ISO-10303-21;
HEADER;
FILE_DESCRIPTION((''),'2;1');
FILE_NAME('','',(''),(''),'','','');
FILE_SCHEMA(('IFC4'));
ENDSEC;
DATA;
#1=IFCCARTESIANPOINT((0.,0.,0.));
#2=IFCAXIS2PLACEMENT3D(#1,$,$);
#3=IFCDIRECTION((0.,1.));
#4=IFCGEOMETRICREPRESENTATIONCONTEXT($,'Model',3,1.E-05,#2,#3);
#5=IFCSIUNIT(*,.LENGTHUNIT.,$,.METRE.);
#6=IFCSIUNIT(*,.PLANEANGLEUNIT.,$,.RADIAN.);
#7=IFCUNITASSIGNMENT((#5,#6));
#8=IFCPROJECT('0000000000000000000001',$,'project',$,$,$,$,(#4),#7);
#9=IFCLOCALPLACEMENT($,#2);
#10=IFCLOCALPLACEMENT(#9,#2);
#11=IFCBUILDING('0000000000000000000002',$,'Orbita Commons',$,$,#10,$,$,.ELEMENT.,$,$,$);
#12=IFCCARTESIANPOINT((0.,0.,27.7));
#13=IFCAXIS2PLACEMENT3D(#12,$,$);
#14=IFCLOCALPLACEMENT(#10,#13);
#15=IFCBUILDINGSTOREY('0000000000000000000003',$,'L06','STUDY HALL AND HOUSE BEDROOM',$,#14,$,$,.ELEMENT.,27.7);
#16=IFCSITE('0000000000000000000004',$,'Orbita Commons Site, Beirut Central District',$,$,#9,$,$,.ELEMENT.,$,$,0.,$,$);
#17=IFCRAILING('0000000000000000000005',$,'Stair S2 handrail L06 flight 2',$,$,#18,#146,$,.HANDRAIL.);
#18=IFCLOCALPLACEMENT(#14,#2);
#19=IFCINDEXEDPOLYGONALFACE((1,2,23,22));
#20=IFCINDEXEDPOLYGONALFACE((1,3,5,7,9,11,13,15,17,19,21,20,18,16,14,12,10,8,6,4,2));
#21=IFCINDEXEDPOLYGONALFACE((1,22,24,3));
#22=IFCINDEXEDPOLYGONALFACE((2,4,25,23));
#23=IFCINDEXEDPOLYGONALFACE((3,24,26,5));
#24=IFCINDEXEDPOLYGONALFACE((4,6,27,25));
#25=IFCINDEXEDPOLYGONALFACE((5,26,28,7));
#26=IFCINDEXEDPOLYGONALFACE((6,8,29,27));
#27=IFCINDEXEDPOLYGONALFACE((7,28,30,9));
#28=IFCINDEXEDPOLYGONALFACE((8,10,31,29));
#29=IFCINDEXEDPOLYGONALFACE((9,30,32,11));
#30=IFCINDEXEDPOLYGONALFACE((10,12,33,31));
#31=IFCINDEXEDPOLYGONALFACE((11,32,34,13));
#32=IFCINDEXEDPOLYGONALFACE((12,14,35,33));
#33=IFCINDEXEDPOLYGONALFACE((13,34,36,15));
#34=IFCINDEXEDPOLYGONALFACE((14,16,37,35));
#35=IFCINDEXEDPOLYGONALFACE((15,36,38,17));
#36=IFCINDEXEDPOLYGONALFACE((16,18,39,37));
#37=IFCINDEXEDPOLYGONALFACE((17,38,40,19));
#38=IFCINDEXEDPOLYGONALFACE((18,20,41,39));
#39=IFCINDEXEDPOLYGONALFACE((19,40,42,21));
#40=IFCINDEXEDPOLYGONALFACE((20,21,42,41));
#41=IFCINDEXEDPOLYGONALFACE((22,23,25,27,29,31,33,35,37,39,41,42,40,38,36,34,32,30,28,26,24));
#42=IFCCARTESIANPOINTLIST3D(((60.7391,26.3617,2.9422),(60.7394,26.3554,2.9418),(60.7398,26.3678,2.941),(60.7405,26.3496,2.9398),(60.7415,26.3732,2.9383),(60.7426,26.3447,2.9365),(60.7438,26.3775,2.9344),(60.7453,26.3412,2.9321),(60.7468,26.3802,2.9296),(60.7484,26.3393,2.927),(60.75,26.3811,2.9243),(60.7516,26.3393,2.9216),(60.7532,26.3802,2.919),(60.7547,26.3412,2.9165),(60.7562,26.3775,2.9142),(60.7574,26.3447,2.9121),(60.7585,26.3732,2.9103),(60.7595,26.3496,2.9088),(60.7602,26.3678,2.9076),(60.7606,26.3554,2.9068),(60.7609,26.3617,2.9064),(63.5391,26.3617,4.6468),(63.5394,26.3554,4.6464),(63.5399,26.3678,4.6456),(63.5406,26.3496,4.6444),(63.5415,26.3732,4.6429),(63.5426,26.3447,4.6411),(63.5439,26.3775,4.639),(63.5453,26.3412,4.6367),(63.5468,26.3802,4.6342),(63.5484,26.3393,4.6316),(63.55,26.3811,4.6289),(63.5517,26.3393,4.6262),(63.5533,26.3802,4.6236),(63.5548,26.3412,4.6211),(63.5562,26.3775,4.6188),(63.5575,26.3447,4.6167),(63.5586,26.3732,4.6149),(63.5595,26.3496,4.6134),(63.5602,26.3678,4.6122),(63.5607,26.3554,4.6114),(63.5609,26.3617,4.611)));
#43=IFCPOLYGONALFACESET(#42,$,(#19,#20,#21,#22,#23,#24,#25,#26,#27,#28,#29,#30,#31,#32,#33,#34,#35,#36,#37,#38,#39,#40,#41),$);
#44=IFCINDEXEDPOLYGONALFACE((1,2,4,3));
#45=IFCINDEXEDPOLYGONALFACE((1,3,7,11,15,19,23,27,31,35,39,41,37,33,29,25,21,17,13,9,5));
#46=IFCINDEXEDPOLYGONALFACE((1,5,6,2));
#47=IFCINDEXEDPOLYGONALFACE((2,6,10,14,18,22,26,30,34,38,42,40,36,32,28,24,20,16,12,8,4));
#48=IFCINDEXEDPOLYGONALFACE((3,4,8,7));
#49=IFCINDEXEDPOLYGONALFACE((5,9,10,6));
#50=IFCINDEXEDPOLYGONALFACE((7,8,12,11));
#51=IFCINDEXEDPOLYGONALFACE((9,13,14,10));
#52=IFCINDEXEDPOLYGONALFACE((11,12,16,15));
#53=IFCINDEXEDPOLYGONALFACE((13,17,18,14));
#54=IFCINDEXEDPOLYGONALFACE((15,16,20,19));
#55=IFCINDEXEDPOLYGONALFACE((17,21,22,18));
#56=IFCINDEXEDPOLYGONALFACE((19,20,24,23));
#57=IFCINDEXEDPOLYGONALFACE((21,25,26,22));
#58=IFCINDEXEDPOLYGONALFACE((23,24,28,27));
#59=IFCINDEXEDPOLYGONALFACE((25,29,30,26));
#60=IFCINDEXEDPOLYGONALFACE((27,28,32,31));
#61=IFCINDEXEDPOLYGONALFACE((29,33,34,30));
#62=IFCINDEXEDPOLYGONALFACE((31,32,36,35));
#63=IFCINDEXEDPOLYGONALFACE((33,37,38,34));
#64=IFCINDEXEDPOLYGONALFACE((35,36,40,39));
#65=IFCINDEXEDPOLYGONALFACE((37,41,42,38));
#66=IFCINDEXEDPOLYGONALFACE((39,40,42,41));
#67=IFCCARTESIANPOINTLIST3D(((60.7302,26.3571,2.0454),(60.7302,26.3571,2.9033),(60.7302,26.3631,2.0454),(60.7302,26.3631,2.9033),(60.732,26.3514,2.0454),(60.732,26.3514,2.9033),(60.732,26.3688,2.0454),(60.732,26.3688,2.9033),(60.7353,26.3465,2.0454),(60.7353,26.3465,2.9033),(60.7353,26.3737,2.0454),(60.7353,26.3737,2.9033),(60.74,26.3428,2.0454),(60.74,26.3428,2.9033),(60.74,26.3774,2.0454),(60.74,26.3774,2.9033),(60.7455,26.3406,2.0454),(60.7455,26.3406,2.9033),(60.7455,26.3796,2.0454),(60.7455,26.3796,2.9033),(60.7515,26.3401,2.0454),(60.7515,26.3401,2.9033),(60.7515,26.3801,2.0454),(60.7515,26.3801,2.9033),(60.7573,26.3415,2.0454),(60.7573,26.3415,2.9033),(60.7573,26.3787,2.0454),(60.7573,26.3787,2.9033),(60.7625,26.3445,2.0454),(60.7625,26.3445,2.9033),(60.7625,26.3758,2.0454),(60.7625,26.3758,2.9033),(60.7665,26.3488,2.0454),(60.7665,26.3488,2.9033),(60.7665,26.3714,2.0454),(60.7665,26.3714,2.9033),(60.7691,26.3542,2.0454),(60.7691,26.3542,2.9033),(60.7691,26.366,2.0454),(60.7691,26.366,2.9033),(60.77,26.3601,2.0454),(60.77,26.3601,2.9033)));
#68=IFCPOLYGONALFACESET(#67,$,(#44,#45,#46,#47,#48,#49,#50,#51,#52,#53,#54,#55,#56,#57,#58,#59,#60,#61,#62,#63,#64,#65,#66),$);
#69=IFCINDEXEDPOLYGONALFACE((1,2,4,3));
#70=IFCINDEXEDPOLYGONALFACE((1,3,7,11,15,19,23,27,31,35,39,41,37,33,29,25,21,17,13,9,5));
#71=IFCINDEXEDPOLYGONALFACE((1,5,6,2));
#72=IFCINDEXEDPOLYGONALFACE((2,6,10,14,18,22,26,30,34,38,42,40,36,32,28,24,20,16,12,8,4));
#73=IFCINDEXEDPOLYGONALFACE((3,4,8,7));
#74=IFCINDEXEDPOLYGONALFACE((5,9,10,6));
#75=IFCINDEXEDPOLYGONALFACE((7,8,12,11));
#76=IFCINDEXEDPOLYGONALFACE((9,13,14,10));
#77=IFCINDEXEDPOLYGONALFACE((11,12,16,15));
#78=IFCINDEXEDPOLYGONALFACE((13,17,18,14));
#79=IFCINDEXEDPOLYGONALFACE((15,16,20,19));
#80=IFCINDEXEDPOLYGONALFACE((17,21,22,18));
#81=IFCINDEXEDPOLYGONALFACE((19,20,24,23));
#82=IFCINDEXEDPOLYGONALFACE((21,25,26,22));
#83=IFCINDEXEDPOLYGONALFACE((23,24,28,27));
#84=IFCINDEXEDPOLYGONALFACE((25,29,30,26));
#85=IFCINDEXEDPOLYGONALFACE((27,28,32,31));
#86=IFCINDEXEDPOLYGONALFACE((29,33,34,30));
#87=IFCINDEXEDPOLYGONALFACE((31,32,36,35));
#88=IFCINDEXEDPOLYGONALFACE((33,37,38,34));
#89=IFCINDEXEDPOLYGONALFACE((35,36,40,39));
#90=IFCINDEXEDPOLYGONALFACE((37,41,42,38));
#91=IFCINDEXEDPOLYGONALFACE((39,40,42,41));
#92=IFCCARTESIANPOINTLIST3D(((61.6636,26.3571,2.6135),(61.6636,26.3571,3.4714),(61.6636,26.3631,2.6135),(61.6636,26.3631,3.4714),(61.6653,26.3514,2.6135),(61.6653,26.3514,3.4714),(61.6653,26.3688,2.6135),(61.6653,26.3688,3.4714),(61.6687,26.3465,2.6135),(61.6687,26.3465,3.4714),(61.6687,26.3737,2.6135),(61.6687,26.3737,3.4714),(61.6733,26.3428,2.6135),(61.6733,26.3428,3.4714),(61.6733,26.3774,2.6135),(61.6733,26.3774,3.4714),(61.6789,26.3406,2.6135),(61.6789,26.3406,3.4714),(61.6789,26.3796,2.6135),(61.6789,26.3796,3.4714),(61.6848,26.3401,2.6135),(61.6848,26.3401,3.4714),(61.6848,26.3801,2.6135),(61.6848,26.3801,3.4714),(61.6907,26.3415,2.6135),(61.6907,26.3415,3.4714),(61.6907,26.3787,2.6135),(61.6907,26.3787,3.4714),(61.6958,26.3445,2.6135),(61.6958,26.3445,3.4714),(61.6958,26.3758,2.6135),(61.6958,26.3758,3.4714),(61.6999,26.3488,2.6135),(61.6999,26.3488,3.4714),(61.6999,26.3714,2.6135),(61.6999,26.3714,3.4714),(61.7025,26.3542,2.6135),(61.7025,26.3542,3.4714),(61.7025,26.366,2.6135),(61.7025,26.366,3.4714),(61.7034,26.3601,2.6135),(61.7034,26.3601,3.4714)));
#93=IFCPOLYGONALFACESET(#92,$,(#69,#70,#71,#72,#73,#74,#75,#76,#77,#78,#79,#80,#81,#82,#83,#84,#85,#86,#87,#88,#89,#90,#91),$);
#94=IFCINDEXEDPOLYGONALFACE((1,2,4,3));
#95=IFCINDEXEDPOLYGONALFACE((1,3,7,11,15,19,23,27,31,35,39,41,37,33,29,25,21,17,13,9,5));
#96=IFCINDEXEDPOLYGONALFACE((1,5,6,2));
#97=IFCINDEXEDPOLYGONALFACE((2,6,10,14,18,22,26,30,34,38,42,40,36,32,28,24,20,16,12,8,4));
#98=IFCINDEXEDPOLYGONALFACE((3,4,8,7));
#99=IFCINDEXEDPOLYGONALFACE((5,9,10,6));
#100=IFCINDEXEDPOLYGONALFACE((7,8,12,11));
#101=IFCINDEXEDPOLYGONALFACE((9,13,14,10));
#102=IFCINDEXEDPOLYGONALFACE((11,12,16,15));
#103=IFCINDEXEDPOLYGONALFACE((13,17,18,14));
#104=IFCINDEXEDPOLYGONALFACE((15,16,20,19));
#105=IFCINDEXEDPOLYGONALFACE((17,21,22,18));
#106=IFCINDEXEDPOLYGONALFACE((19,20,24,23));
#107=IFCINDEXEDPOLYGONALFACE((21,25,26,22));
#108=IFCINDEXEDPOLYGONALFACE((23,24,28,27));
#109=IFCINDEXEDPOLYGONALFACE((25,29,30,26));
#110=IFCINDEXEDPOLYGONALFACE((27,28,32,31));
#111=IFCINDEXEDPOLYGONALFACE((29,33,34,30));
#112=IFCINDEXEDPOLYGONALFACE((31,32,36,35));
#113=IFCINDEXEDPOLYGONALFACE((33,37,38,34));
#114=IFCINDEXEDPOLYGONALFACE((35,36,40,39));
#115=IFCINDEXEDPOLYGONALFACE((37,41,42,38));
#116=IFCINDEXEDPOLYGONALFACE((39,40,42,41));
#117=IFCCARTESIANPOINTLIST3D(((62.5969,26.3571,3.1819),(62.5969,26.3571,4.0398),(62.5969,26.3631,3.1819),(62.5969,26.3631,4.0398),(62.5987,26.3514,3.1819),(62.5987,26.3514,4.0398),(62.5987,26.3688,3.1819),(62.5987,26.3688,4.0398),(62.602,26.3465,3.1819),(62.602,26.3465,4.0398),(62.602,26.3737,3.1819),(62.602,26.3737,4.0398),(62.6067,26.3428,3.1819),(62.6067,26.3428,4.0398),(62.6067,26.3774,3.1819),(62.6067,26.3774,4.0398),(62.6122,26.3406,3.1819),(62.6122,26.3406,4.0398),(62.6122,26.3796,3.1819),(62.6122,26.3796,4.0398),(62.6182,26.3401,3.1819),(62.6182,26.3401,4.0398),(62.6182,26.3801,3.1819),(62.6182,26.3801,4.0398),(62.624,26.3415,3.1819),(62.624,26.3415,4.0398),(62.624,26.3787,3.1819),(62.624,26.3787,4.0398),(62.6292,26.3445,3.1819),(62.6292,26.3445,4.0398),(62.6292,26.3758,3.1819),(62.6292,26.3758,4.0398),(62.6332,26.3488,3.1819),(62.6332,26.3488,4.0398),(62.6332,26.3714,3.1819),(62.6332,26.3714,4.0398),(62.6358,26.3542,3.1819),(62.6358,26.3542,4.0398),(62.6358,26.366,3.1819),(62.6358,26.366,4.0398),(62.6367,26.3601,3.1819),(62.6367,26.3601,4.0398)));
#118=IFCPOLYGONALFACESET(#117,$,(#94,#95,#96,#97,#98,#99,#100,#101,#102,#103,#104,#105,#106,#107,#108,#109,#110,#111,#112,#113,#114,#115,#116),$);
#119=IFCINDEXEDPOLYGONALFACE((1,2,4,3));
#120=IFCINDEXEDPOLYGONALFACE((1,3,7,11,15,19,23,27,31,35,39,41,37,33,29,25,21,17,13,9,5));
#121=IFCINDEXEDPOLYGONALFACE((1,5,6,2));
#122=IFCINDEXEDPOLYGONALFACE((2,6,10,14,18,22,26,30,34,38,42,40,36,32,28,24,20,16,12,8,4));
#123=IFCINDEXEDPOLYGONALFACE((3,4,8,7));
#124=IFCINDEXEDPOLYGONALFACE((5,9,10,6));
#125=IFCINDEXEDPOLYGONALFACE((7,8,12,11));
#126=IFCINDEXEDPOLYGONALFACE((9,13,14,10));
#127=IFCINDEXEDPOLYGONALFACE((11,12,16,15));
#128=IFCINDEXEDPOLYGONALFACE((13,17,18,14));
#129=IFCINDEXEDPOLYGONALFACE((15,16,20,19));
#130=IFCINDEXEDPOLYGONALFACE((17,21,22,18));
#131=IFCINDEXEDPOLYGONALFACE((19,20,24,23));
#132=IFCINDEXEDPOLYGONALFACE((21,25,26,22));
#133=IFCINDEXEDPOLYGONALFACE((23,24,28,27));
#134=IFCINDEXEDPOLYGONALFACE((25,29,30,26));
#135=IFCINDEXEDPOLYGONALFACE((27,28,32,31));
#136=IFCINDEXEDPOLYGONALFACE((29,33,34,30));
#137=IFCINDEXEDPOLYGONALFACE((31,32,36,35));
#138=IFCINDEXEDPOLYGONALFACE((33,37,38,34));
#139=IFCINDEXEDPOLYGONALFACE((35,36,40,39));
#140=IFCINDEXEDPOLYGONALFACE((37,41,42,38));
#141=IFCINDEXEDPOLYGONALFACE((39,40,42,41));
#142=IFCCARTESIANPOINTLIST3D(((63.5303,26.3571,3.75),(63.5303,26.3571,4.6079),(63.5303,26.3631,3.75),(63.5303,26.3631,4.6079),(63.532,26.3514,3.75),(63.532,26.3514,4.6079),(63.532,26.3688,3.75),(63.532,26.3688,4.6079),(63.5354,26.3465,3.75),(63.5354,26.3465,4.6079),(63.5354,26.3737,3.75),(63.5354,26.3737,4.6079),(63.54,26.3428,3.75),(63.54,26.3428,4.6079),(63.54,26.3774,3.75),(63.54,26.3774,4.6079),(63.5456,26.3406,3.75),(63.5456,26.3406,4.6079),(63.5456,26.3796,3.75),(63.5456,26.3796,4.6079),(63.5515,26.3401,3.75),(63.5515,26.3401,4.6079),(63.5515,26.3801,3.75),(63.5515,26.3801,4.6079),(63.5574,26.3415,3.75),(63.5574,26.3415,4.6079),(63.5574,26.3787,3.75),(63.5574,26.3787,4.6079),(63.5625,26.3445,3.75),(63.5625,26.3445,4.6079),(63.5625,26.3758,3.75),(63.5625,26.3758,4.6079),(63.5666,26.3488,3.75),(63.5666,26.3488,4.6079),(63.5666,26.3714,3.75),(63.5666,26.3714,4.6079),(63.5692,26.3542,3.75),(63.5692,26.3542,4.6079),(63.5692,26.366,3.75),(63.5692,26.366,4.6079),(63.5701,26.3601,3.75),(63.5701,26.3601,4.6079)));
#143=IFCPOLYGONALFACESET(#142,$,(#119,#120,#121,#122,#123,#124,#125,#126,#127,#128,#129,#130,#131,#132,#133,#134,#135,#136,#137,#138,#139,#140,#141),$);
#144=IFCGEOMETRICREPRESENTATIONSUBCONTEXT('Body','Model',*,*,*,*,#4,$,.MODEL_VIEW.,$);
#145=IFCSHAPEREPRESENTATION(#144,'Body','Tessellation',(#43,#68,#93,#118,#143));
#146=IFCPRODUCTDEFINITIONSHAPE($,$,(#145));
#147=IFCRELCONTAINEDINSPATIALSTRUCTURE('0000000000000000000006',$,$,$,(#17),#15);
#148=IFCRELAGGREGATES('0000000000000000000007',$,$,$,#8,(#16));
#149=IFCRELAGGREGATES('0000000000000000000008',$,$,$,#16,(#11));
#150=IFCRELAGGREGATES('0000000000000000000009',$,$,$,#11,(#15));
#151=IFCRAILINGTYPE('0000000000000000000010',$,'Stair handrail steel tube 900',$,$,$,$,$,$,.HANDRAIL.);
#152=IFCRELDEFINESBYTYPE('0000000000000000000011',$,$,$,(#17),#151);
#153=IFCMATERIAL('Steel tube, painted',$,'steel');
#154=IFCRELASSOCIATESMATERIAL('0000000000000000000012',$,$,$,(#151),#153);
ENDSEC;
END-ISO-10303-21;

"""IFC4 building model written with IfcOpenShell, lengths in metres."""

from ifc_helpers import new_model, si_unit, direction, frame, origin, origin_2d, place, context, subcontext, project, spatial, circle, extrude, material, type_object, element, save


model = new_model("IFC4")

# Units and contexts
model_context = context("Model", 3, precision=1e-05, world=origin(), true_north=direction((0.0, 1.0)))
body_context = subcontext(model_context, "Body", "Model", "MODEL_VIEW")
ifc_project = project(units=[si_unit("LENGTHUNIT", "METRE"), si_unit("PLANEANGLEUNIT", "RADIAN")], contexts=[model_context])

# Site, building, storey
site_placement = place(None, origin())
site = spatial("IfcSite", under=ifc_project, at=site_placement, Name="Orbita Commons Site, Beirut Central District", CompositionType="ELEMENT", RefElevation=0.0)
building_placement = place(site_placement, origin())
building = spatial("IfcBuilding", under=site, at=building_placement, Name="Orbita Commons", CompositionType="ELEMENT")
storey_placement = place(building_placement, frame((0.0, 0.0, 27.7)))
storey = spatial("IfcBuildingStorey", under=building, at=storey_placement, Name="L06", Description="STUDY HALL AND HOUSE BEDROOM", CompositionType="ELEMENT", Elevation=27.7)

# Railing
ifc_material_1 = material(Name="Steel tube, painted", Category="steel")
railing_type = type_object("IfcRailingType", Name="Stair handrail steel tube 900", PredefinedType="HANDRAIL", material=ifc_material_1)
for number, where, name in (
    (1, (60.75, 26.3601, 2.0454), "Stair S2 handrail L06 flight 2"),
):
    element("IfcRailing", number, at=place(storey_placement, frame(where)), inside=storey, type_object=railing_type, Name=name, PredefinedType="HANDRAIL", context=body_context, shape_type="SweptSolid", body=[
        extrude(circle(Radius=0.021, at=origin_2d()), frame((0.0, 0.0, 0.8789), z_axis=(0.85417, 0.0, 0.519994), x_axis=(0.0, 1.0, 0.0)), (0.0, 0.0, 1.0), 3.2781),
        extrude(circle(Radius=0.02, at=origin_2d()), origin(), (0.0, 0.0, 1.0), 0.8579),
        extrude(circle(Radius=0.02, at=origin_2d()), frame((0.9333, 0.0, 0.5681)), (0.0, 0.0, 1.0), 0.8579),
        extrude(circle(Radius=0.02, at=origin_2d()), frame((1.8667, 0.0, 1.1365)), (0.0, 0.0, 1.0), 0.8579),
        extrude(circle(Radius=0.02, at=origin_2d()), frame((2.8, 0.0, 1.7046)), (0.0, 0.0, 1.0), 0.8579),
    ])

save(model, "model.ifc")
